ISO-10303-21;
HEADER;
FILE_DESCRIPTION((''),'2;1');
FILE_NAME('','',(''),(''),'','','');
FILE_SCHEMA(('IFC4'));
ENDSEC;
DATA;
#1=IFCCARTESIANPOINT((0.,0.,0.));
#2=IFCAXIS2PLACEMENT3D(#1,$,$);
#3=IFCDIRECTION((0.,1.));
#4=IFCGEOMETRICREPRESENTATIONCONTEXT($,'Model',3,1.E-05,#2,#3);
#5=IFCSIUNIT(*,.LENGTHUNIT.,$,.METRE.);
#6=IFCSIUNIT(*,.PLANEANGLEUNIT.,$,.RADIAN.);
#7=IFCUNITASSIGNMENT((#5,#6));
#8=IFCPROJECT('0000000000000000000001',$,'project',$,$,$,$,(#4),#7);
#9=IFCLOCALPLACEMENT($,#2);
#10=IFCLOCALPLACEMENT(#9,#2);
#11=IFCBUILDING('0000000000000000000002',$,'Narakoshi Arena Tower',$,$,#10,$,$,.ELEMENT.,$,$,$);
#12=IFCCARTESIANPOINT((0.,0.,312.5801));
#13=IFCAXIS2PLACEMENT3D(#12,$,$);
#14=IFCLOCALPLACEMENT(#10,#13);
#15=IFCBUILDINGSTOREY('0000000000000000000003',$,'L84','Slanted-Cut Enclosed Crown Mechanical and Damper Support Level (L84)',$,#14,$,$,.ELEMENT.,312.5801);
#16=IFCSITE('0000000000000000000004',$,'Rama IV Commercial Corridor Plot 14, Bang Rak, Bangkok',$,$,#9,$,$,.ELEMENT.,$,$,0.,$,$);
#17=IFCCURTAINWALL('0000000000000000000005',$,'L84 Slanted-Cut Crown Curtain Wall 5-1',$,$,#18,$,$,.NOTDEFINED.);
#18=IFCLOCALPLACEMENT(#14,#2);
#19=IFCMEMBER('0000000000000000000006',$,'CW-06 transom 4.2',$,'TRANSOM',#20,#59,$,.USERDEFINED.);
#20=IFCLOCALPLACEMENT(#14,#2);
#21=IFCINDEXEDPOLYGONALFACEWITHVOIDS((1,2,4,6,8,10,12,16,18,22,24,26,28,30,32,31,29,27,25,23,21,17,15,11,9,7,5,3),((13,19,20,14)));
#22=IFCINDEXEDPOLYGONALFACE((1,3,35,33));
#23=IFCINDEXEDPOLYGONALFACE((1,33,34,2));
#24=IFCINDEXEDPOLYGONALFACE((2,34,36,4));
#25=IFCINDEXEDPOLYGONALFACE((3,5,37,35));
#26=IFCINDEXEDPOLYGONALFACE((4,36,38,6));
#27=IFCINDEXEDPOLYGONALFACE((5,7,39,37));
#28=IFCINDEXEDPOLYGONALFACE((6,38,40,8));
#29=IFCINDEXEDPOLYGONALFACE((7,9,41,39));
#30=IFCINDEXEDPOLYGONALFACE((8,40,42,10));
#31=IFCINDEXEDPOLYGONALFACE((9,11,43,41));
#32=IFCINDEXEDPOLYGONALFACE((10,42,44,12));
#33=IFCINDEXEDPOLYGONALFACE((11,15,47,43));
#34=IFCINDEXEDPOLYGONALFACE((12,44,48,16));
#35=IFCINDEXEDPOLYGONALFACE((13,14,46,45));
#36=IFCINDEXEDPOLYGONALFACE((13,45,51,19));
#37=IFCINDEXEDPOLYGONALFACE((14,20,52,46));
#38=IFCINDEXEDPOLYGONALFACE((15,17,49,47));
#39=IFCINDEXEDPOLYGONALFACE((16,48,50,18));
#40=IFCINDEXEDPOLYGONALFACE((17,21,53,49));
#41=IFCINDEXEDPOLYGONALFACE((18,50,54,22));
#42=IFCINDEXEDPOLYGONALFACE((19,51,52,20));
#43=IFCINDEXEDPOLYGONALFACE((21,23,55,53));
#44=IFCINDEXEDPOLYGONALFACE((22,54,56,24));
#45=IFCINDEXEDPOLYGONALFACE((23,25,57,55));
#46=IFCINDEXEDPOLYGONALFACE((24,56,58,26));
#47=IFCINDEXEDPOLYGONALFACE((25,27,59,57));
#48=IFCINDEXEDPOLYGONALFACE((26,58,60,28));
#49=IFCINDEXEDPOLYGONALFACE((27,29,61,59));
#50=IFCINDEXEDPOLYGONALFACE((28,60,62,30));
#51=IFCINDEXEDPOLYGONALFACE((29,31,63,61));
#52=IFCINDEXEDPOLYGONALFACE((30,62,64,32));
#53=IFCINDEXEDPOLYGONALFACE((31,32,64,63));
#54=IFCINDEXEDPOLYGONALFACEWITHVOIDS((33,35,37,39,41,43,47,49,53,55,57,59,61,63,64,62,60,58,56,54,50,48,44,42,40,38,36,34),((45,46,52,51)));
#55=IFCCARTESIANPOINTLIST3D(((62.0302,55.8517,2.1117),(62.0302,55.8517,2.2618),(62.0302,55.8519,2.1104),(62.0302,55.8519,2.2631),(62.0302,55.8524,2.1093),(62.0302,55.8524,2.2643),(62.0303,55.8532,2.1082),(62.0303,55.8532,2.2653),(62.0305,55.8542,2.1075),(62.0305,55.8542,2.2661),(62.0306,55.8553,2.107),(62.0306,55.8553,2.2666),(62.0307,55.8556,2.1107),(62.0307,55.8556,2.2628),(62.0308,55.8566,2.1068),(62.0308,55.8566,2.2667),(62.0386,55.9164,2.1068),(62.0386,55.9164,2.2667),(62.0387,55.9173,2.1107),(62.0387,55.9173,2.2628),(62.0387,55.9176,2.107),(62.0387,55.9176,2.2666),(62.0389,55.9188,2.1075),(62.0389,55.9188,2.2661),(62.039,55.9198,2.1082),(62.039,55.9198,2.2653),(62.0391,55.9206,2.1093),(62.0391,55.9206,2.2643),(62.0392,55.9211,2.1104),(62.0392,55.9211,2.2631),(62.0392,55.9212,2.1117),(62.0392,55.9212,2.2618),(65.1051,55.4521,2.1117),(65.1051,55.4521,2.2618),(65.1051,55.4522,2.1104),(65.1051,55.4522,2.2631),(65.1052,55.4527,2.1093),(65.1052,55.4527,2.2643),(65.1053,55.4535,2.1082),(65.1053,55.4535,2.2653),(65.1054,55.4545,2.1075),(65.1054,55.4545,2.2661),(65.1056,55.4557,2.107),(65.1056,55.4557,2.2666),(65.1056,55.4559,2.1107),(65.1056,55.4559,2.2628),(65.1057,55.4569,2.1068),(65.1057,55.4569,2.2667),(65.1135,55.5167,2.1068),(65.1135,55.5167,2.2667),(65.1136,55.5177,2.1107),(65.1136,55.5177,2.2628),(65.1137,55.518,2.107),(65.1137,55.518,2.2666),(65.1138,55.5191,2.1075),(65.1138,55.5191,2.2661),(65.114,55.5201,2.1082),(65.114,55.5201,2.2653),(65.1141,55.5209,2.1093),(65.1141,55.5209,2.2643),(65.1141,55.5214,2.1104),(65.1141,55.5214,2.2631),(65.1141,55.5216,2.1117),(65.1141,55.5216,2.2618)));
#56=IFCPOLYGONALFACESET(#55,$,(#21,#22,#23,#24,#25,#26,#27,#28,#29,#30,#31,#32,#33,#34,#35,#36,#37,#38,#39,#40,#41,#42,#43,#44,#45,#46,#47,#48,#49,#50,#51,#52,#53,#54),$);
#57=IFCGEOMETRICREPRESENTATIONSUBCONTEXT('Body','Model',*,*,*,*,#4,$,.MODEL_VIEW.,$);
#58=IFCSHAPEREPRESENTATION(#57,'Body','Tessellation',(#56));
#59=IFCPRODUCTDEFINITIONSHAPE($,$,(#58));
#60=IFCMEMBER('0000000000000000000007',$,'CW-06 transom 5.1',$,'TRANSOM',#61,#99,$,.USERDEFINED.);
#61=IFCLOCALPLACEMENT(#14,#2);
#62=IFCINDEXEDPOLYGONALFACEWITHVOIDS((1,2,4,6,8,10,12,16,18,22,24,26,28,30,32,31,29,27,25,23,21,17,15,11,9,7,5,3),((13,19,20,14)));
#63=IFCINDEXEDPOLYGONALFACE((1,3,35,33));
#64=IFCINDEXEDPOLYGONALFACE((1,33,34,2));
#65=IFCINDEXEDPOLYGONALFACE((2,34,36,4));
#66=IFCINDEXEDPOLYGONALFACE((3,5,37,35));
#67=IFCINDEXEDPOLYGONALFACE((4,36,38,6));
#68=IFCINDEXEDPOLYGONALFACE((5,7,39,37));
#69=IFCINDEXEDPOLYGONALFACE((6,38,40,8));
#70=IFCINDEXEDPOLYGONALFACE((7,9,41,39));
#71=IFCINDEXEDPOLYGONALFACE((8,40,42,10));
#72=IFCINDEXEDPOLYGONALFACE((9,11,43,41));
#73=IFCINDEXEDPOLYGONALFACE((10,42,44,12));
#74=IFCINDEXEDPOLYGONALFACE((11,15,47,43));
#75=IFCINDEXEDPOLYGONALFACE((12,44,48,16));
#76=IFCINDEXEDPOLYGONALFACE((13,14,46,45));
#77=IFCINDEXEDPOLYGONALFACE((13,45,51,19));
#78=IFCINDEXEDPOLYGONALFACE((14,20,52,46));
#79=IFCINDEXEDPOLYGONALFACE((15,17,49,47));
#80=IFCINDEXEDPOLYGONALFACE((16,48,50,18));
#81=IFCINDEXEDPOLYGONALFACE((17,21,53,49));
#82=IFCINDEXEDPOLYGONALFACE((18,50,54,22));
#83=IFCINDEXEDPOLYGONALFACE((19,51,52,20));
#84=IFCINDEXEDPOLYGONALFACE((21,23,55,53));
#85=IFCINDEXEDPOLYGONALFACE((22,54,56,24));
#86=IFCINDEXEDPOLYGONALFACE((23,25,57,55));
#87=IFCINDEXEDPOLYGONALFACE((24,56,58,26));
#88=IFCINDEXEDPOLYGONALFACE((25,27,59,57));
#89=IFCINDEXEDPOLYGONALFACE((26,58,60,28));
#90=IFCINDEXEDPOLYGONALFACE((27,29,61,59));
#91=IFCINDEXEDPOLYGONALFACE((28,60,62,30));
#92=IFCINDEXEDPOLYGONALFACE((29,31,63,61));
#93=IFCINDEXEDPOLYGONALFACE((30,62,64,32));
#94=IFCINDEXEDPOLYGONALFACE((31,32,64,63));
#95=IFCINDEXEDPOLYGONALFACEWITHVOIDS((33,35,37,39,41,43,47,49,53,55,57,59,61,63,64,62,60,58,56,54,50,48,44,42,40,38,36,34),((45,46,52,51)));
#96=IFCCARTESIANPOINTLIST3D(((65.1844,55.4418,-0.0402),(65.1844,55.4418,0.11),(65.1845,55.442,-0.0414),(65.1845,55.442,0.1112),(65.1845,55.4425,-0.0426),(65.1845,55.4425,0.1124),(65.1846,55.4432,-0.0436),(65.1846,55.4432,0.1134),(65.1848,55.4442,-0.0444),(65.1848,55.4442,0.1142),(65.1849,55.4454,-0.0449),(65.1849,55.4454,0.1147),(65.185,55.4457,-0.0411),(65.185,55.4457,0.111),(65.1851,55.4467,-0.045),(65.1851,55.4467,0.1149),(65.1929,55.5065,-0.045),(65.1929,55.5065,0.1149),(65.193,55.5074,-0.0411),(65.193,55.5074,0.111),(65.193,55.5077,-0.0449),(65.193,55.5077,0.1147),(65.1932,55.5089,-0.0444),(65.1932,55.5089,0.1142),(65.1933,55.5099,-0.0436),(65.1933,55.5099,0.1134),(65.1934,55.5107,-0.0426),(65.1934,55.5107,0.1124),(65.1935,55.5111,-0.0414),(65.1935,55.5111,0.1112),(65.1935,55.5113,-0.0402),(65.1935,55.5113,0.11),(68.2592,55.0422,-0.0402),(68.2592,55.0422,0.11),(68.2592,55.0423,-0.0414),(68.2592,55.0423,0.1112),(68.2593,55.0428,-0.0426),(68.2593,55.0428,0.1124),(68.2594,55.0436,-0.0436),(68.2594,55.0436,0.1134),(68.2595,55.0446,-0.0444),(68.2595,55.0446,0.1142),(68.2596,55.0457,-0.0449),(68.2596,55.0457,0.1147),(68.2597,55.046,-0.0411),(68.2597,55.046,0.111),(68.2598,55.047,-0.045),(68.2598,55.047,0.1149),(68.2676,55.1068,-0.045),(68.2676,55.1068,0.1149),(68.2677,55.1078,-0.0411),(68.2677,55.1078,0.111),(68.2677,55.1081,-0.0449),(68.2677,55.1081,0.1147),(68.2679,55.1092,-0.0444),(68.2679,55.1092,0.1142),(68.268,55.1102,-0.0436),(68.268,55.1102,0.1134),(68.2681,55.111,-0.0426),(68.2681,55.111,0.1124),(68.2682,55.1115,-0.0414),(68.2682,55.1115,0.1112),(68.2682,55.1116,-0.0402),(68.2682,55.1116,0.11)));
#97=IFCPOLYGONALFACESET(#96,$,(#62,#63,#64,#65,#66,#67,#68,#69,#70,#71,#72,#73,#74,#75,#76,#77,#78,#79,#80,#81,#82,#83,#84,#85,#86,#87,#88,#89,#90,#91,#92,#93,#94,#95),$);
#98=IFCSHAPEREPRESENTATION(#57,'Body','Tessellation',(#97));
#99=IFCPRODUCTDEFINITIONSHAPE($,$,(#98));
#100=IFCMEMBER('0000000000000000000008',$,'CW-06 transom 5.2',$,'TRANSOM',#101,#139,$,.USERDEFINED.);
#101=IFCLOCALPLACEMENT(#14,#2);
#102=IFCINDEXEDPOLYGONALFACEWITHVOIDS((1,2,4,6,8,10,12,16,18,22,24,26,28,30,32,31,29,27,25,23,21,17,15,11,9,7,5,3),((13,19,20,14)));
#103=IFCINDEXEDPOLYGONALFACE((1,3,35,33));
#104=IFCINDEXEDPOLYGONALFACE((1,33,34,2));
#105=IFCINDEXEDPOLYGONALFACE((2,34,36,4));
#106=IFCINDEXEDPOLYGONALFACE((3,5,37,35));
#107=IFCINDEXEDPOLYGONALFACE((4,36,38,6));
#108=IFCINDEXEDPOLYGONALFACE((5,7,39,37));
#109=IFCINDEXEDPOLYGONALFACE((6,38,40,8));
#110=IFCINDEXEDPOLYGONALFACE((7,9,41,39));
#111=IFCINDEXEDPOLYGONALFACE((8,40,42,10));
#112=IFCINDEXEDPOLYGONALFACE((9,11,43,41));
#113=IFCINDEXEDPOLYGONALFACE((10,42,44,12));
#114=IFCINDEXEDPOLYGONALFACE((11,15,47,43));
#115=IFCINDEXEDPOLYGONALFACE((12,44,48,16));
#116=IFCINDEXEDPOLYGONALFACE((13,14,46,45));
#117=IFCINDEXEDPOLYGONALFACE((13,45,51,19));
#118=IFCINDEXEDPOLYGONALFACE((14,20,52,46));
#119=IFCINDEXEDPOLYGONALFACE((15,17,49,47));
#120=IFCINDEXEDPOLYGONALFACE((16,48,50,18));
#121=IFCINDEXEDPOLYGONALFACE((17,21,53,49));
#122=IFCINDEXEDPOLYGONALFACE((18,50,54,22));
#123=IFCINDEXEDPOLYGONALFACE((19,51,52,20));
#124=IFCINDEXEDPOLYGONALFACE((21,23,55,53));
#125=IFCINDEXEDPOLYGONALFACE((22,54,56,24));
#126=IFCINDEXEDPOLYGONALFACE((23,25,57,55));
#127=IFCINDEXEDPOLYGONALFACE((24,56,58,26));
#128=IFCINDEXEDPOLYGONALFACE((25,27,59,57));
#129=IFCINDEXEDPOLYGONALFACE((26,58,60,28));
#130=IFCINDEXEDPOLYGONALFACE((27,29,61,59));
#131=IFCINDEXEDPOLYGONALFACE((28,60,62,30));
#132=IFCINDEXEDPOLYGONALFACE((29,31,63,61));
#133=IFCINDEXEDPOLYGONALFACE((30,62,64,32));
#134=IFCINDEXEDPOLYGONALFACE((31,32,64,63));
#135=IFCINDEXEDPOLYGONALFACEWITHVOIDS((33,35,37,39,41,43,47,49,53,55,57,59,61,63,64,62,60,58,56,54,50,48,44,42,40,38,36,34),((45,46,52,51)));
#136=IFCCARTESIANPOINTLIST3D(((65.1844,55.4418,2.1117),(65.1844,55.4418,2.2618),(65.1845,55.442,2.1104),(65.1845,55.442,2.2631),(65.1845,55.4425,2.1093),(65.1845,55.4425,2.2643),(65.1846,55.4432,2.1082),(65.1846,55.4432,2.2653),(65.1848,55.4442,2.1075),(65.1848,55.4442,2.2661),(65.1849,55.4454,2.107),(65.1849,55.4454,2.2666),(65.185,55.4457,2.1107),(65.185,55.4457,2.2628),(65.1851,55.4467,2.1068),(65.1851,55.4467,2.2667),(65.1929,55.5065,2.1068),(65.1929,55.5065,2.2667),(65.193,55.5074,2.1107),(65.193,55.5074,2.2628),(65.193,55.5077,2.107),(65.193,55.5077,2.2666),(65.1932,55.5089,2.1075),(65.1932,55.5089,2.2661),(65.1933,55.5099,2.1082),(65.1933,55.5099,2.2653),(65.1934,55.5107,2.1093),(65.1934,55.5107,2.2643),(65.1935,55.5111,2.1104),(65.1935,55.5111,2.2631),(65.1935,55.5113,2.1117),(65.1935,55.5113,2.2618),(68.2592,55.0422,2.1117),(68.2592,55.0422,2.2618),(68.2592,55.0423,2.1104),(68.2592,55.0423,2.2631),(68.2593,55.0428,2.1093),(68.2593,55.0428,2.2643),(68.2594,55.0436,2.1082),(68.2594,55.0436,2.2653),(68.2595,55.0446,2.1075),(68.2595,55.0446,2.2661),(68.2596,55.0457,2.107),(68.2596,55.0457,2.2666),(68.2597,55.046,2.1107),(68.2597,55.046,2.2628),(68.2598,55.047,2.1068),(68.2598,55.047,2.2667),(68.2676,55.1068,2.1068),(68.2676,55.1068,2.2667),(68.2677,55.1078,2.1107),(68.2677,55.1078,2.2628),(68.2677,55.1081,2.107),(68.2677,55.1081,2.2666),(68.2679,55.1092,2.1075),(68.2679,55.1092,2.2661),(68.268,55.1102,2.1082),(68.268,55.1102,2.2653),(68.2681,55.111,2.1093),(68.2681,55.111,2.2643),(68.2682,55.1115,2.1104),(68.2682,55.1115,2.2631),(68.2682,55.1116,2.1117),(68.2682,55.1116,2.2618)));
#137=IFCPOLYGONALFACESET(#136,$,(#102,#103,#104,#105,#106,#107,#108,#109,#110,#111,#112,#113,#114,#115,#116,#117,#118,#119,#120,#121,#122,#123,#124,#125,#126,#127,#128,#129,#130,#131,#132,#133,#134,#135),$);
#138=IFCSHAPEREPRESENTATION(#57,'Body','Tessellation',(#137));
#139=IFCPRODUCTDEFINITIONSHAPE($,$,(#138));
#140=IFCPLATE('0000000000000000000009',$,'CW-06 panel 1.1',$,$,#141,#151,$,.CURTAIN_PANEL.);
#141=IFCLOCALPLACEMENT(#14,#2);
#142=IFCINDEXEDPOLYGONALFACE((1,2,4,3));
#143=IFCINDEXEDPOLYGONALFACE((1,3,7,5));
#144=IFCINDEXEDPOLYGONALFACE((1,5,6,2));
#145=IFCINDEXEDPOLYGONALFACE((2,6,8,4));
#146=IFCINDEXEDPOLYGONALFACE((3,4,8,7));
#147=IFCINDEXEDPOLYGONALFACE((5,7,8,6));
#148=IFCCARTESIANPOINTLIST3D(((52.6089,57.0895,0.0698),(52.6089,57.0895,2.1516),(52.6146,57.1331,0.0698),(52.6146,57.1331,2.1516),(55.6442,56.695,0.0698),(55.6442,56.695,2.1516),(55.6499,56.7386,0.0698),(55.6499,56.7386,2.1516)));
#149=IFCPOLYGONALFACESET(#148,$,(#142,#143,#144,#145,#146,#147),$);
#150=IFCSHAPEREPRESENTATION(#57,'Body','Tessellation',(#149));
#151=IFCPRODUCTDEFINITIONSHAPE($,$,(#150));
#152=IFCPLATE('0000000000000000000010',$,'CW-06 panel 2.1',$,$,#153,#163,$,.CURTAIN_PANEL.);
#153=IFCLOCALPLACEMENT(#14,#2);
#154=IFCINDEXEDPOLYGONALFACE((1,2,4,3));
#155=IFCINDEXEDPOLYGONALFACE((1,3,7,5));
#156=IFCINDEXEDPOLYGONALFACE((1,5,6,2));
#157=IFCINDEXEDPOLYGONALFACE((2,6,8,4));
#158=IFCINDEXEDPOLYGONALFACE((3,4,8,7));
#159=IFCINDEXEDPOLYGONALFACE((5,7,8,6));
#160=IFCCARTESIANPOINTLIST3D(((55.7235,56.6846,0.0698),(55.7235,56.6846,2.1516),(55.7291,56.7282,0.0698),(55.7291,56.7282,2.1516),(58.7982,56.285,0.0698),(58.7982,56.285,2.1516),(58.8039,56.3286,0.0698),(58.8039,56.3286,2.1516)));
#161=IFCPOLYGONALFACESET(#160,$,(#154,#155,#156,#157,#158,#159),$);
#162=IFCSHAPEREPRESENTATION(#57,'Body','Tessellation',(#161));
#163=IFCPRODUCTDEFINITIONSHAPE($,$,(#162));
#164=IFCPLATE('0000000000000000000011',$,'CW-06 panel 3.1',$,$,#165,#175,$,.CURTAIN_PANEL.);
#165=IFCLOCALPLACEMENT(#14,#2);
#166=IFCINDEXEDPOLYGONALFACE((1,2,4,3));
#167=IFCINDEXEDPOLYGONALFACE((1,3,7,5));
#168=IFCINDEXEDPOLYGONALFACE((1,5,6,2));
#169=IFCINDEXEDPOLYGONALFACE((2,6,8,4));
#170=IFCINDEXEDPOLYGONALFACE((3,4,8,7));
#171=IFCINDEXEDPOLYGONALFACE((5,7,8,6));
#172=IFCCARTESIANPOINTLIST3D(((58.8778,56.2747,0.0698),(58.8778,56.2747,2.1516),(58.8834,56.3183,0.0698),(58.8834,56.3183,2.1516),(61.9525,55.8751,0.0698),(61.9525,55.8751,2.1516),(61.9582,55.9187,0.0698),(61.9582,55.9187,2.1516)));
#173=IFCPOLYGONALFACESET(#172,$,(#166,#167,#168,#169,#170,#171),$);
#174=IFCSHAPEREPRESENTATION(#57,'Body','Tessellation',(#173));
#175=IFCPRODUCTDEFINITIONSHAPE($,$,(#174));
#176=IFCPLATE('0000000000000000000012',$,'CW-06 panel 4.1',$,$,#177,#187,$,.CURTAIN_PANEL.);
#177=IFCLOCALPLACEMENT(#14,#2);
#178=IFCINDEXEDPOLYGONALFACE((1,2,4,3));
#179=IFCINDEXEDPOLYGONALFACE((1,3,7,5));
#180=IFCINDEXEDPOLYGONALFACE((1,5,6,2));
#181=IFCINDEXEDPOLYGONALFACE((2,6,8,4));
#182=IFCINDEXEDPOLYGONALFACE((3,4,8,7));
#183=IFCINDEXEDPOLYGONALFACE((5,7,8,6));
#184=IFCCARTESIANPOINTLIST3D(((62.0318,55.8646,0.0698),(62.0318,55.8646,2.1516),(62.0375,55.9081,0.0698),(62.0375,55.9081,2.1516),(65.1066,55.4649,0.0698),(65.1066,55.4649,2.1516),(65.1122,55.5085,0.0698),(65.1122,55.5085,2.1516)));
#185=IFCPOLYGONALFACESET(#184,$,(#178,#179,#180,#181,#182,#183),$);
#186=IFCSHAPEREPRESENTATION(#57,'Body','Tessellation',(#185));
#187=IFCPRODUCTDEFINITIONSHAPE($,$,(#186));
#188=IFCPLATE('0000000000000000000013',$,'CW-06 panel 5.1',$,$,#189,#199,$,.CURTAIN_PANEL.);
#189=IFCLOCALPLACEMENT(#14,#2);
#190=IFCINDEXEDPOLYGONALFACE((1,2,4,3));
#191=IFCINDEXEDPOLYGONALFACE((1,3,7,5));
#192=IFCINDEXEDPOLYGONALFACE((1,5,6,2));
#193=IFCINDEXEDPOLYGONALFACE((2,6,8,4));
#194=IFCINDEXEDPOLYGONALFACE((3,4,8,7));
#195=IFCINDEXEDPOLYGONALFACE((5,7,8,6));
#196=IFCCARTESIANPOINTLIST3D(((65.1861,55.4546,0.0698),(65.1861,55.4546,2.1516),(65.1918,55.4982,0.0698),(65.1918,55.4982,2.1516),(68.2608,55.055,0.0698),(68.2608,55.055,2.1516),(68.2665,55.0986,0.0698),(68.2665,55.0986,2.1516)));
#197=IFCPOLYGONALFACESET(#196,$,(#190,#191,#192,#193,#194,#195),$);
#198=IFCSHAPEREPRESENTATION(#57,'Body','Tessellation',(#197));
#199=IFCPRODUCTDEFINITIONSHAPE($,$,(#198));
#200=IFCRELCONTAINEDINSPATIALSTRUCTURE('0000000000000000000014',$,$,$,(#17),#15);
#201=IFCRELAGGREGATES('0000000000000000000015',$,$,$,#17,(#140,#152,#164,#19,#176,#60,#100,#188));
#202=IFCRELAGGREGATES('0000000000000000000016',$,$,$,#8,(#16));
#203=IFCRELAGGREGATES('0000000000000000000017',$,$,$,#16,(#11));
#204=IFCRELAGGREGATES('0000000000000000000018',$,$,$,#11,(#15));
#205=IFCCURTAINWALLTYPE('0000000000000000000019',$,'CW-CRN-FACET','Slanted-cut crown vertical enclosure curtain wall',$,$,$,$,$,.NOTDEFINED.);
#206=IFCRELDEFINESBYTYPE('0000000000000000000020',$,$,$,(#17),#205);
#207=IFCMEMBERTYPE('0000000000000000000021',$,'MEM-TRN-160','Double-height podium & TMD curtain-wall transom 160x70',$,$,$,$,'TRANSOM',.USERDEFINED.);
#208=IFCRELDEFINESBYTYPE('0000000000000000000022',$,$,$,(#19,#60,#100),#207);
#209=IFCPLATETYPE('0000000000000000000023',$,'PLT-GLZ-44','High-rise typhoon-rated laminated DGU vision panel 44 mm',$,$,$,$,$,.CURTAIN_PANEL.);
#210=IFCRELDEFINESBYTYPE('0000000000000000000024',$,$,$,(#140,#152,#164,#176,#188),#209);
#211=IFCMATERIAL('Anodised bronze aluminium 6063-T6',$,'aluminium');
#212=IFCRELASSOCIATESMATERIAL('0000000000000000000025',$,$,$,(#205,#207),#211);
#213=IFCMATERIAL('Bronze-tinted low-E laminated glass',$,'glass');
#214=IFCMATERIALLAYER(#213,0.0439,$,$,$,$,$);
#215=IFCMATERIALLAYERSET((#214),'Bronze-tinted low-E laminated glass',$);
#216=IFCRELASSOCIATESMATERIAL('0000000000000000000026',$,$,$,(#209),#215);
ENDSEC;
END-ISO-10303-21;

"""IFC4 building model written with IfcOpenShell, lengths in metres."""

from ifc_helpers import new_model, si_unit, direction, frame, origin, origin_2d, place, context, subcontext, project, spatial, rectangle, hollow_rectangle, extrude, material, layer, layer_set, material_profile, profile_set, type_object, element, aggregate, save


model = new_model("IFC4")

# Units and contexts
model_context = context("Model", 3, precision=1e-05, world=origin(), true_north=direction((0.0, 1.0)))
body_context = subcontext(model_context, "Body", "Model", "MODEL_VIEW")
ifc_project = project(units=[si_unit("LENGTHUNIT", "METRE"), si_unit("PLANEANGLEUNIT", "RADIAN")], contexts=[model_context])

# Site, building, storey
site_placement = place(None, origin())
site = spatial("IfcSite", under=ifc_project, at=site_placement, Name="Rama IV Commercial Corridor Plot 14, Bang Rak, Bangkok", CompositionType="ELEMENT", RefElevation=0.0)
building_placement = place(site_placement, origin())
building = spatial("IfcBuilding", under=site, at=building_placement, Name="Narakoshi Arena Tower", CompositionType="ELEMENT")
storey_placement = place(building_placement, frame((0.0, 0.0, 312.5801)))
storey = spatial("IfcBuildingStorey", under=building, at=storey_placement, Name="L84", Description="Slanted-Cut Enclosed Crown Mechanical and Damper Support Level (L84)", CompositionType="ELEMENT", Elevation=312.5801)

# Curtain wall, members, plates
ifc_material_1 = material(Name="Anodised bronze aluminium 6063-T6", Category="aluminium")
curtain_wall_type = type_object("IfcCurtainWallType", Name="CW-CRN-FACET", Description="Slanted-cut crown vertical enclosure curtain wall", PredefinedType="NOTDEFINED", material=ifc_material_1)
curtain_wall_placement = place(storey_placement, origin())
curtain_wall = element("IfcCurtainWall", 1, at=curtain_wall_placement, inside=storey, type_object=curtain_wall_type, Name="L84 Slanted-Cut Crown Curtain Wall 5-1", PredefinedType="NOTDEFINED")
ifc_material_profile_1 = material_profile(ifc_material_1, hollow_rectangle(XDim=0.0701, YDim=0.1599, WallThickness=0.0039, OuterFilletRadius=0.0049, at=origin_2d()), Name="TRN160x70x4")
ifc_profile_set_1 = profile_set([ifc_material_profile_1], Name="Anodised bronze aluminium 6063-T6")
member_type_1 = type_object("IfcMemberType", Name="MEM-TRN-160", Description="Double-height podium & TMD curtain-wall transom 160x70", ElementType="TRANSOM", PredefinedType="USERDEFINED", material=ifc_profile_set_1)
member_1_placement = place(storey_placement, frame((62.0347, 55.8865, 2.1868), z_axis=(0.991659, -0.128888, 0.0), x_axis=(0.128888, 0.991659, 0.0)))
member_1 = element("IfcMember", 2, at=member_1_placement, type_object=member_type_1, Name="CW-06 transom 4.2", ObjectType="TRANSOM", PredefinedType="USERDEFINED", context=body_context, shape_type="SweptSolid", body=[
    extrude(hollow_rectangle(XDim=0.0701, YDim=0.1599, WallThickness=0.0039, OuterFilletRadius=0.0049, at=origin_2d()), origin(), (0.0, 0.0, 1.0), 3.1008),
])
member_2_placement = place(storey_placement, frame((65.189, 55.4766, 0.0349), z_axis=(0.991658, -0.128898, 0.0), x_axis=(0.128898, 0.991658, 0.0)))
member_2 = element("IfcMember", 3, at=member_2_placement, type_object=member_type_1, Name="CW-06 transom 5.1", ObjectType="TRANSOM", PredefinedType="USERDEFINED", context=body_context, shape_type="SweptSolid", body=[
    extrude(hollow_rectangle(XDim=0.0701, YDim=0.1599, WallThickness=0.0039, OuterFilletRadius=0.0049, at=origin_2d()), origin(), (0.0, 0.0, 1.0), 3.1006),
])
member_3_placement = place(storey_placement, frame((65.189, 55.4766, 2.1868), z_axis=(0.991658, -0.128898, 0.0), x_axis=(0.128898, 0.991658, 0.0)))
member_3 = element("IfcMember", 4, at=member_3_placement, type_object=member_type_1, Name="CW-06 transom 5.2", ObjectType="TRANSOM", PredefinedType="USERDEFINED", context=body_context, shape_type="SweptSolid", body=[
    extrude(hollow_rectangle(XDim=0.0701, YDim=0.1599, WallThickness=0.0039, OuterFilletRadius=0.0049, at=origin_2d()), origin(), (0.0, 0.0, 1.0), 3.1006),
])
ifc_material_2 = material(Name="Bronze-tinted low-E laminated glass", Category="glass")
ifc_layer_1 = layer(ifc_material_2, 0.0439)
ifc_layer_set_1 = layer_set([ifc_layer_1], Name="Bronze-tinted low-E laminated glass")
plate_type = type_object("IfcPlateType", Name="PLT-GLZ-44", Description="High-rise typhoon-rated laminated DGU vision panel 44 mm", PredefinedType="CURTAIN_PANEL", material=ifc_layer_set_1)
plate_1_placement = place(storey_placement, frame((54.1294, 56.9141, 0.0698), z_axis=(0.0, 0.0, 1.0), x_axis=(0.991659, -0.12889, 0.0)))
plate_1 = element("IfcPlate", 5, at=plate_1_placement, type_object=plate_type, Name="CW-06 panel 1.1", PredefinedType="CURTAIN_PANEL", context=body_context, shape_type="SweptSolid", body=[
    extrude(rectangle(XDim=3.0608, YDim=0.0439, at=origin_2d()), origin(), (0.0, 0.0, 1.0), 2.0818),
])
plate_2_placement = place(storey_placement, frame((57.2637, 56.5066, 0.0698), z_axis=(0.0, 0.0, 1.0), x_axis=(0.991659, -0.12889, 0.0)))
plate_2 = element("IfcPlate", 6, at=plate_2_placement, type_object=plate_type, Name="CW-06 panel 2.1", PredefinedType="CURTAIN_PANEL", context=body_context, shape_type="SweptSolid", body=[
    extrude(rectangle(XDim=3.1006, YDim=0.0439, at=origin_2d()), origin(), (0.0, 0.0, 1.0), 2.0818),
])
plate_3_placement = place(storey_placement, frame((60.418, 56.0967, 0.0698), z_axis=(0.0, 0.0, 1.0), x_axis=(0.991659, -0.12889, 0.0)))
plate_3 = element("IfcPlate", 7, at=plate_3_placement, type_object=plate_type, Name="CW-06 panel 3.1", PredefinedType="CURTAIN_PANEL", context=body_context, shape_type="SweptSolid", body=[
    extrude(rectangle(XDim=3.1006, YDim=0.0439, at=origin_2d()), origin(), (0.0, 0.0, 1.0), 2.0818),
])
plate_4_placement = place(storey_placement, frame((63.572, 55.6865, 0.0698), z_axis=(0.0, 0.0, 1.0), x_axis=(0.991659, -0.12889, 0.0)))
plate_4 = element("IfcPlate", 8, at=plate_4_placement, type_object=plate_type, Name="CW-06 panel 4.1", PredefinedType="CURTAIN_PANEL", context=body_context, shape_type="SweptSolid", body=[
    extrude(rectangle(XDim=3.1006, YDim=0.0439, at=origin_2d()), origin(), (0.0, 0.0, 1.0), 2.0818),
])
plate_5_placement = place(storey_placement, frame((66.7263, 55.2766, 0.0698), z_axis=(0.0, 0.0, 1.0), x_axis=(0.991659, -0.12889, 0.0)))
plate_5 = element("IfcPlate", 9, at=plate_5_placement, type_object=plate_type, Name="CW-06 panel 5.1", PredefinedType="CURTAIN_PANEL", context=body_context, shape_type="SweptSolid", body=[
    extrude(rectangle(XDim=3.1006, YDim=0.0439, at=origin_2d()), origin(), (0.0, 0.0, 1.0), 2.0818),
])
aggregate(curtain_wall, [plate_1, plate_2, plate_3, member_1, plate_4, member_2, member_3, plate_5])

save(model, "model.ifc")
